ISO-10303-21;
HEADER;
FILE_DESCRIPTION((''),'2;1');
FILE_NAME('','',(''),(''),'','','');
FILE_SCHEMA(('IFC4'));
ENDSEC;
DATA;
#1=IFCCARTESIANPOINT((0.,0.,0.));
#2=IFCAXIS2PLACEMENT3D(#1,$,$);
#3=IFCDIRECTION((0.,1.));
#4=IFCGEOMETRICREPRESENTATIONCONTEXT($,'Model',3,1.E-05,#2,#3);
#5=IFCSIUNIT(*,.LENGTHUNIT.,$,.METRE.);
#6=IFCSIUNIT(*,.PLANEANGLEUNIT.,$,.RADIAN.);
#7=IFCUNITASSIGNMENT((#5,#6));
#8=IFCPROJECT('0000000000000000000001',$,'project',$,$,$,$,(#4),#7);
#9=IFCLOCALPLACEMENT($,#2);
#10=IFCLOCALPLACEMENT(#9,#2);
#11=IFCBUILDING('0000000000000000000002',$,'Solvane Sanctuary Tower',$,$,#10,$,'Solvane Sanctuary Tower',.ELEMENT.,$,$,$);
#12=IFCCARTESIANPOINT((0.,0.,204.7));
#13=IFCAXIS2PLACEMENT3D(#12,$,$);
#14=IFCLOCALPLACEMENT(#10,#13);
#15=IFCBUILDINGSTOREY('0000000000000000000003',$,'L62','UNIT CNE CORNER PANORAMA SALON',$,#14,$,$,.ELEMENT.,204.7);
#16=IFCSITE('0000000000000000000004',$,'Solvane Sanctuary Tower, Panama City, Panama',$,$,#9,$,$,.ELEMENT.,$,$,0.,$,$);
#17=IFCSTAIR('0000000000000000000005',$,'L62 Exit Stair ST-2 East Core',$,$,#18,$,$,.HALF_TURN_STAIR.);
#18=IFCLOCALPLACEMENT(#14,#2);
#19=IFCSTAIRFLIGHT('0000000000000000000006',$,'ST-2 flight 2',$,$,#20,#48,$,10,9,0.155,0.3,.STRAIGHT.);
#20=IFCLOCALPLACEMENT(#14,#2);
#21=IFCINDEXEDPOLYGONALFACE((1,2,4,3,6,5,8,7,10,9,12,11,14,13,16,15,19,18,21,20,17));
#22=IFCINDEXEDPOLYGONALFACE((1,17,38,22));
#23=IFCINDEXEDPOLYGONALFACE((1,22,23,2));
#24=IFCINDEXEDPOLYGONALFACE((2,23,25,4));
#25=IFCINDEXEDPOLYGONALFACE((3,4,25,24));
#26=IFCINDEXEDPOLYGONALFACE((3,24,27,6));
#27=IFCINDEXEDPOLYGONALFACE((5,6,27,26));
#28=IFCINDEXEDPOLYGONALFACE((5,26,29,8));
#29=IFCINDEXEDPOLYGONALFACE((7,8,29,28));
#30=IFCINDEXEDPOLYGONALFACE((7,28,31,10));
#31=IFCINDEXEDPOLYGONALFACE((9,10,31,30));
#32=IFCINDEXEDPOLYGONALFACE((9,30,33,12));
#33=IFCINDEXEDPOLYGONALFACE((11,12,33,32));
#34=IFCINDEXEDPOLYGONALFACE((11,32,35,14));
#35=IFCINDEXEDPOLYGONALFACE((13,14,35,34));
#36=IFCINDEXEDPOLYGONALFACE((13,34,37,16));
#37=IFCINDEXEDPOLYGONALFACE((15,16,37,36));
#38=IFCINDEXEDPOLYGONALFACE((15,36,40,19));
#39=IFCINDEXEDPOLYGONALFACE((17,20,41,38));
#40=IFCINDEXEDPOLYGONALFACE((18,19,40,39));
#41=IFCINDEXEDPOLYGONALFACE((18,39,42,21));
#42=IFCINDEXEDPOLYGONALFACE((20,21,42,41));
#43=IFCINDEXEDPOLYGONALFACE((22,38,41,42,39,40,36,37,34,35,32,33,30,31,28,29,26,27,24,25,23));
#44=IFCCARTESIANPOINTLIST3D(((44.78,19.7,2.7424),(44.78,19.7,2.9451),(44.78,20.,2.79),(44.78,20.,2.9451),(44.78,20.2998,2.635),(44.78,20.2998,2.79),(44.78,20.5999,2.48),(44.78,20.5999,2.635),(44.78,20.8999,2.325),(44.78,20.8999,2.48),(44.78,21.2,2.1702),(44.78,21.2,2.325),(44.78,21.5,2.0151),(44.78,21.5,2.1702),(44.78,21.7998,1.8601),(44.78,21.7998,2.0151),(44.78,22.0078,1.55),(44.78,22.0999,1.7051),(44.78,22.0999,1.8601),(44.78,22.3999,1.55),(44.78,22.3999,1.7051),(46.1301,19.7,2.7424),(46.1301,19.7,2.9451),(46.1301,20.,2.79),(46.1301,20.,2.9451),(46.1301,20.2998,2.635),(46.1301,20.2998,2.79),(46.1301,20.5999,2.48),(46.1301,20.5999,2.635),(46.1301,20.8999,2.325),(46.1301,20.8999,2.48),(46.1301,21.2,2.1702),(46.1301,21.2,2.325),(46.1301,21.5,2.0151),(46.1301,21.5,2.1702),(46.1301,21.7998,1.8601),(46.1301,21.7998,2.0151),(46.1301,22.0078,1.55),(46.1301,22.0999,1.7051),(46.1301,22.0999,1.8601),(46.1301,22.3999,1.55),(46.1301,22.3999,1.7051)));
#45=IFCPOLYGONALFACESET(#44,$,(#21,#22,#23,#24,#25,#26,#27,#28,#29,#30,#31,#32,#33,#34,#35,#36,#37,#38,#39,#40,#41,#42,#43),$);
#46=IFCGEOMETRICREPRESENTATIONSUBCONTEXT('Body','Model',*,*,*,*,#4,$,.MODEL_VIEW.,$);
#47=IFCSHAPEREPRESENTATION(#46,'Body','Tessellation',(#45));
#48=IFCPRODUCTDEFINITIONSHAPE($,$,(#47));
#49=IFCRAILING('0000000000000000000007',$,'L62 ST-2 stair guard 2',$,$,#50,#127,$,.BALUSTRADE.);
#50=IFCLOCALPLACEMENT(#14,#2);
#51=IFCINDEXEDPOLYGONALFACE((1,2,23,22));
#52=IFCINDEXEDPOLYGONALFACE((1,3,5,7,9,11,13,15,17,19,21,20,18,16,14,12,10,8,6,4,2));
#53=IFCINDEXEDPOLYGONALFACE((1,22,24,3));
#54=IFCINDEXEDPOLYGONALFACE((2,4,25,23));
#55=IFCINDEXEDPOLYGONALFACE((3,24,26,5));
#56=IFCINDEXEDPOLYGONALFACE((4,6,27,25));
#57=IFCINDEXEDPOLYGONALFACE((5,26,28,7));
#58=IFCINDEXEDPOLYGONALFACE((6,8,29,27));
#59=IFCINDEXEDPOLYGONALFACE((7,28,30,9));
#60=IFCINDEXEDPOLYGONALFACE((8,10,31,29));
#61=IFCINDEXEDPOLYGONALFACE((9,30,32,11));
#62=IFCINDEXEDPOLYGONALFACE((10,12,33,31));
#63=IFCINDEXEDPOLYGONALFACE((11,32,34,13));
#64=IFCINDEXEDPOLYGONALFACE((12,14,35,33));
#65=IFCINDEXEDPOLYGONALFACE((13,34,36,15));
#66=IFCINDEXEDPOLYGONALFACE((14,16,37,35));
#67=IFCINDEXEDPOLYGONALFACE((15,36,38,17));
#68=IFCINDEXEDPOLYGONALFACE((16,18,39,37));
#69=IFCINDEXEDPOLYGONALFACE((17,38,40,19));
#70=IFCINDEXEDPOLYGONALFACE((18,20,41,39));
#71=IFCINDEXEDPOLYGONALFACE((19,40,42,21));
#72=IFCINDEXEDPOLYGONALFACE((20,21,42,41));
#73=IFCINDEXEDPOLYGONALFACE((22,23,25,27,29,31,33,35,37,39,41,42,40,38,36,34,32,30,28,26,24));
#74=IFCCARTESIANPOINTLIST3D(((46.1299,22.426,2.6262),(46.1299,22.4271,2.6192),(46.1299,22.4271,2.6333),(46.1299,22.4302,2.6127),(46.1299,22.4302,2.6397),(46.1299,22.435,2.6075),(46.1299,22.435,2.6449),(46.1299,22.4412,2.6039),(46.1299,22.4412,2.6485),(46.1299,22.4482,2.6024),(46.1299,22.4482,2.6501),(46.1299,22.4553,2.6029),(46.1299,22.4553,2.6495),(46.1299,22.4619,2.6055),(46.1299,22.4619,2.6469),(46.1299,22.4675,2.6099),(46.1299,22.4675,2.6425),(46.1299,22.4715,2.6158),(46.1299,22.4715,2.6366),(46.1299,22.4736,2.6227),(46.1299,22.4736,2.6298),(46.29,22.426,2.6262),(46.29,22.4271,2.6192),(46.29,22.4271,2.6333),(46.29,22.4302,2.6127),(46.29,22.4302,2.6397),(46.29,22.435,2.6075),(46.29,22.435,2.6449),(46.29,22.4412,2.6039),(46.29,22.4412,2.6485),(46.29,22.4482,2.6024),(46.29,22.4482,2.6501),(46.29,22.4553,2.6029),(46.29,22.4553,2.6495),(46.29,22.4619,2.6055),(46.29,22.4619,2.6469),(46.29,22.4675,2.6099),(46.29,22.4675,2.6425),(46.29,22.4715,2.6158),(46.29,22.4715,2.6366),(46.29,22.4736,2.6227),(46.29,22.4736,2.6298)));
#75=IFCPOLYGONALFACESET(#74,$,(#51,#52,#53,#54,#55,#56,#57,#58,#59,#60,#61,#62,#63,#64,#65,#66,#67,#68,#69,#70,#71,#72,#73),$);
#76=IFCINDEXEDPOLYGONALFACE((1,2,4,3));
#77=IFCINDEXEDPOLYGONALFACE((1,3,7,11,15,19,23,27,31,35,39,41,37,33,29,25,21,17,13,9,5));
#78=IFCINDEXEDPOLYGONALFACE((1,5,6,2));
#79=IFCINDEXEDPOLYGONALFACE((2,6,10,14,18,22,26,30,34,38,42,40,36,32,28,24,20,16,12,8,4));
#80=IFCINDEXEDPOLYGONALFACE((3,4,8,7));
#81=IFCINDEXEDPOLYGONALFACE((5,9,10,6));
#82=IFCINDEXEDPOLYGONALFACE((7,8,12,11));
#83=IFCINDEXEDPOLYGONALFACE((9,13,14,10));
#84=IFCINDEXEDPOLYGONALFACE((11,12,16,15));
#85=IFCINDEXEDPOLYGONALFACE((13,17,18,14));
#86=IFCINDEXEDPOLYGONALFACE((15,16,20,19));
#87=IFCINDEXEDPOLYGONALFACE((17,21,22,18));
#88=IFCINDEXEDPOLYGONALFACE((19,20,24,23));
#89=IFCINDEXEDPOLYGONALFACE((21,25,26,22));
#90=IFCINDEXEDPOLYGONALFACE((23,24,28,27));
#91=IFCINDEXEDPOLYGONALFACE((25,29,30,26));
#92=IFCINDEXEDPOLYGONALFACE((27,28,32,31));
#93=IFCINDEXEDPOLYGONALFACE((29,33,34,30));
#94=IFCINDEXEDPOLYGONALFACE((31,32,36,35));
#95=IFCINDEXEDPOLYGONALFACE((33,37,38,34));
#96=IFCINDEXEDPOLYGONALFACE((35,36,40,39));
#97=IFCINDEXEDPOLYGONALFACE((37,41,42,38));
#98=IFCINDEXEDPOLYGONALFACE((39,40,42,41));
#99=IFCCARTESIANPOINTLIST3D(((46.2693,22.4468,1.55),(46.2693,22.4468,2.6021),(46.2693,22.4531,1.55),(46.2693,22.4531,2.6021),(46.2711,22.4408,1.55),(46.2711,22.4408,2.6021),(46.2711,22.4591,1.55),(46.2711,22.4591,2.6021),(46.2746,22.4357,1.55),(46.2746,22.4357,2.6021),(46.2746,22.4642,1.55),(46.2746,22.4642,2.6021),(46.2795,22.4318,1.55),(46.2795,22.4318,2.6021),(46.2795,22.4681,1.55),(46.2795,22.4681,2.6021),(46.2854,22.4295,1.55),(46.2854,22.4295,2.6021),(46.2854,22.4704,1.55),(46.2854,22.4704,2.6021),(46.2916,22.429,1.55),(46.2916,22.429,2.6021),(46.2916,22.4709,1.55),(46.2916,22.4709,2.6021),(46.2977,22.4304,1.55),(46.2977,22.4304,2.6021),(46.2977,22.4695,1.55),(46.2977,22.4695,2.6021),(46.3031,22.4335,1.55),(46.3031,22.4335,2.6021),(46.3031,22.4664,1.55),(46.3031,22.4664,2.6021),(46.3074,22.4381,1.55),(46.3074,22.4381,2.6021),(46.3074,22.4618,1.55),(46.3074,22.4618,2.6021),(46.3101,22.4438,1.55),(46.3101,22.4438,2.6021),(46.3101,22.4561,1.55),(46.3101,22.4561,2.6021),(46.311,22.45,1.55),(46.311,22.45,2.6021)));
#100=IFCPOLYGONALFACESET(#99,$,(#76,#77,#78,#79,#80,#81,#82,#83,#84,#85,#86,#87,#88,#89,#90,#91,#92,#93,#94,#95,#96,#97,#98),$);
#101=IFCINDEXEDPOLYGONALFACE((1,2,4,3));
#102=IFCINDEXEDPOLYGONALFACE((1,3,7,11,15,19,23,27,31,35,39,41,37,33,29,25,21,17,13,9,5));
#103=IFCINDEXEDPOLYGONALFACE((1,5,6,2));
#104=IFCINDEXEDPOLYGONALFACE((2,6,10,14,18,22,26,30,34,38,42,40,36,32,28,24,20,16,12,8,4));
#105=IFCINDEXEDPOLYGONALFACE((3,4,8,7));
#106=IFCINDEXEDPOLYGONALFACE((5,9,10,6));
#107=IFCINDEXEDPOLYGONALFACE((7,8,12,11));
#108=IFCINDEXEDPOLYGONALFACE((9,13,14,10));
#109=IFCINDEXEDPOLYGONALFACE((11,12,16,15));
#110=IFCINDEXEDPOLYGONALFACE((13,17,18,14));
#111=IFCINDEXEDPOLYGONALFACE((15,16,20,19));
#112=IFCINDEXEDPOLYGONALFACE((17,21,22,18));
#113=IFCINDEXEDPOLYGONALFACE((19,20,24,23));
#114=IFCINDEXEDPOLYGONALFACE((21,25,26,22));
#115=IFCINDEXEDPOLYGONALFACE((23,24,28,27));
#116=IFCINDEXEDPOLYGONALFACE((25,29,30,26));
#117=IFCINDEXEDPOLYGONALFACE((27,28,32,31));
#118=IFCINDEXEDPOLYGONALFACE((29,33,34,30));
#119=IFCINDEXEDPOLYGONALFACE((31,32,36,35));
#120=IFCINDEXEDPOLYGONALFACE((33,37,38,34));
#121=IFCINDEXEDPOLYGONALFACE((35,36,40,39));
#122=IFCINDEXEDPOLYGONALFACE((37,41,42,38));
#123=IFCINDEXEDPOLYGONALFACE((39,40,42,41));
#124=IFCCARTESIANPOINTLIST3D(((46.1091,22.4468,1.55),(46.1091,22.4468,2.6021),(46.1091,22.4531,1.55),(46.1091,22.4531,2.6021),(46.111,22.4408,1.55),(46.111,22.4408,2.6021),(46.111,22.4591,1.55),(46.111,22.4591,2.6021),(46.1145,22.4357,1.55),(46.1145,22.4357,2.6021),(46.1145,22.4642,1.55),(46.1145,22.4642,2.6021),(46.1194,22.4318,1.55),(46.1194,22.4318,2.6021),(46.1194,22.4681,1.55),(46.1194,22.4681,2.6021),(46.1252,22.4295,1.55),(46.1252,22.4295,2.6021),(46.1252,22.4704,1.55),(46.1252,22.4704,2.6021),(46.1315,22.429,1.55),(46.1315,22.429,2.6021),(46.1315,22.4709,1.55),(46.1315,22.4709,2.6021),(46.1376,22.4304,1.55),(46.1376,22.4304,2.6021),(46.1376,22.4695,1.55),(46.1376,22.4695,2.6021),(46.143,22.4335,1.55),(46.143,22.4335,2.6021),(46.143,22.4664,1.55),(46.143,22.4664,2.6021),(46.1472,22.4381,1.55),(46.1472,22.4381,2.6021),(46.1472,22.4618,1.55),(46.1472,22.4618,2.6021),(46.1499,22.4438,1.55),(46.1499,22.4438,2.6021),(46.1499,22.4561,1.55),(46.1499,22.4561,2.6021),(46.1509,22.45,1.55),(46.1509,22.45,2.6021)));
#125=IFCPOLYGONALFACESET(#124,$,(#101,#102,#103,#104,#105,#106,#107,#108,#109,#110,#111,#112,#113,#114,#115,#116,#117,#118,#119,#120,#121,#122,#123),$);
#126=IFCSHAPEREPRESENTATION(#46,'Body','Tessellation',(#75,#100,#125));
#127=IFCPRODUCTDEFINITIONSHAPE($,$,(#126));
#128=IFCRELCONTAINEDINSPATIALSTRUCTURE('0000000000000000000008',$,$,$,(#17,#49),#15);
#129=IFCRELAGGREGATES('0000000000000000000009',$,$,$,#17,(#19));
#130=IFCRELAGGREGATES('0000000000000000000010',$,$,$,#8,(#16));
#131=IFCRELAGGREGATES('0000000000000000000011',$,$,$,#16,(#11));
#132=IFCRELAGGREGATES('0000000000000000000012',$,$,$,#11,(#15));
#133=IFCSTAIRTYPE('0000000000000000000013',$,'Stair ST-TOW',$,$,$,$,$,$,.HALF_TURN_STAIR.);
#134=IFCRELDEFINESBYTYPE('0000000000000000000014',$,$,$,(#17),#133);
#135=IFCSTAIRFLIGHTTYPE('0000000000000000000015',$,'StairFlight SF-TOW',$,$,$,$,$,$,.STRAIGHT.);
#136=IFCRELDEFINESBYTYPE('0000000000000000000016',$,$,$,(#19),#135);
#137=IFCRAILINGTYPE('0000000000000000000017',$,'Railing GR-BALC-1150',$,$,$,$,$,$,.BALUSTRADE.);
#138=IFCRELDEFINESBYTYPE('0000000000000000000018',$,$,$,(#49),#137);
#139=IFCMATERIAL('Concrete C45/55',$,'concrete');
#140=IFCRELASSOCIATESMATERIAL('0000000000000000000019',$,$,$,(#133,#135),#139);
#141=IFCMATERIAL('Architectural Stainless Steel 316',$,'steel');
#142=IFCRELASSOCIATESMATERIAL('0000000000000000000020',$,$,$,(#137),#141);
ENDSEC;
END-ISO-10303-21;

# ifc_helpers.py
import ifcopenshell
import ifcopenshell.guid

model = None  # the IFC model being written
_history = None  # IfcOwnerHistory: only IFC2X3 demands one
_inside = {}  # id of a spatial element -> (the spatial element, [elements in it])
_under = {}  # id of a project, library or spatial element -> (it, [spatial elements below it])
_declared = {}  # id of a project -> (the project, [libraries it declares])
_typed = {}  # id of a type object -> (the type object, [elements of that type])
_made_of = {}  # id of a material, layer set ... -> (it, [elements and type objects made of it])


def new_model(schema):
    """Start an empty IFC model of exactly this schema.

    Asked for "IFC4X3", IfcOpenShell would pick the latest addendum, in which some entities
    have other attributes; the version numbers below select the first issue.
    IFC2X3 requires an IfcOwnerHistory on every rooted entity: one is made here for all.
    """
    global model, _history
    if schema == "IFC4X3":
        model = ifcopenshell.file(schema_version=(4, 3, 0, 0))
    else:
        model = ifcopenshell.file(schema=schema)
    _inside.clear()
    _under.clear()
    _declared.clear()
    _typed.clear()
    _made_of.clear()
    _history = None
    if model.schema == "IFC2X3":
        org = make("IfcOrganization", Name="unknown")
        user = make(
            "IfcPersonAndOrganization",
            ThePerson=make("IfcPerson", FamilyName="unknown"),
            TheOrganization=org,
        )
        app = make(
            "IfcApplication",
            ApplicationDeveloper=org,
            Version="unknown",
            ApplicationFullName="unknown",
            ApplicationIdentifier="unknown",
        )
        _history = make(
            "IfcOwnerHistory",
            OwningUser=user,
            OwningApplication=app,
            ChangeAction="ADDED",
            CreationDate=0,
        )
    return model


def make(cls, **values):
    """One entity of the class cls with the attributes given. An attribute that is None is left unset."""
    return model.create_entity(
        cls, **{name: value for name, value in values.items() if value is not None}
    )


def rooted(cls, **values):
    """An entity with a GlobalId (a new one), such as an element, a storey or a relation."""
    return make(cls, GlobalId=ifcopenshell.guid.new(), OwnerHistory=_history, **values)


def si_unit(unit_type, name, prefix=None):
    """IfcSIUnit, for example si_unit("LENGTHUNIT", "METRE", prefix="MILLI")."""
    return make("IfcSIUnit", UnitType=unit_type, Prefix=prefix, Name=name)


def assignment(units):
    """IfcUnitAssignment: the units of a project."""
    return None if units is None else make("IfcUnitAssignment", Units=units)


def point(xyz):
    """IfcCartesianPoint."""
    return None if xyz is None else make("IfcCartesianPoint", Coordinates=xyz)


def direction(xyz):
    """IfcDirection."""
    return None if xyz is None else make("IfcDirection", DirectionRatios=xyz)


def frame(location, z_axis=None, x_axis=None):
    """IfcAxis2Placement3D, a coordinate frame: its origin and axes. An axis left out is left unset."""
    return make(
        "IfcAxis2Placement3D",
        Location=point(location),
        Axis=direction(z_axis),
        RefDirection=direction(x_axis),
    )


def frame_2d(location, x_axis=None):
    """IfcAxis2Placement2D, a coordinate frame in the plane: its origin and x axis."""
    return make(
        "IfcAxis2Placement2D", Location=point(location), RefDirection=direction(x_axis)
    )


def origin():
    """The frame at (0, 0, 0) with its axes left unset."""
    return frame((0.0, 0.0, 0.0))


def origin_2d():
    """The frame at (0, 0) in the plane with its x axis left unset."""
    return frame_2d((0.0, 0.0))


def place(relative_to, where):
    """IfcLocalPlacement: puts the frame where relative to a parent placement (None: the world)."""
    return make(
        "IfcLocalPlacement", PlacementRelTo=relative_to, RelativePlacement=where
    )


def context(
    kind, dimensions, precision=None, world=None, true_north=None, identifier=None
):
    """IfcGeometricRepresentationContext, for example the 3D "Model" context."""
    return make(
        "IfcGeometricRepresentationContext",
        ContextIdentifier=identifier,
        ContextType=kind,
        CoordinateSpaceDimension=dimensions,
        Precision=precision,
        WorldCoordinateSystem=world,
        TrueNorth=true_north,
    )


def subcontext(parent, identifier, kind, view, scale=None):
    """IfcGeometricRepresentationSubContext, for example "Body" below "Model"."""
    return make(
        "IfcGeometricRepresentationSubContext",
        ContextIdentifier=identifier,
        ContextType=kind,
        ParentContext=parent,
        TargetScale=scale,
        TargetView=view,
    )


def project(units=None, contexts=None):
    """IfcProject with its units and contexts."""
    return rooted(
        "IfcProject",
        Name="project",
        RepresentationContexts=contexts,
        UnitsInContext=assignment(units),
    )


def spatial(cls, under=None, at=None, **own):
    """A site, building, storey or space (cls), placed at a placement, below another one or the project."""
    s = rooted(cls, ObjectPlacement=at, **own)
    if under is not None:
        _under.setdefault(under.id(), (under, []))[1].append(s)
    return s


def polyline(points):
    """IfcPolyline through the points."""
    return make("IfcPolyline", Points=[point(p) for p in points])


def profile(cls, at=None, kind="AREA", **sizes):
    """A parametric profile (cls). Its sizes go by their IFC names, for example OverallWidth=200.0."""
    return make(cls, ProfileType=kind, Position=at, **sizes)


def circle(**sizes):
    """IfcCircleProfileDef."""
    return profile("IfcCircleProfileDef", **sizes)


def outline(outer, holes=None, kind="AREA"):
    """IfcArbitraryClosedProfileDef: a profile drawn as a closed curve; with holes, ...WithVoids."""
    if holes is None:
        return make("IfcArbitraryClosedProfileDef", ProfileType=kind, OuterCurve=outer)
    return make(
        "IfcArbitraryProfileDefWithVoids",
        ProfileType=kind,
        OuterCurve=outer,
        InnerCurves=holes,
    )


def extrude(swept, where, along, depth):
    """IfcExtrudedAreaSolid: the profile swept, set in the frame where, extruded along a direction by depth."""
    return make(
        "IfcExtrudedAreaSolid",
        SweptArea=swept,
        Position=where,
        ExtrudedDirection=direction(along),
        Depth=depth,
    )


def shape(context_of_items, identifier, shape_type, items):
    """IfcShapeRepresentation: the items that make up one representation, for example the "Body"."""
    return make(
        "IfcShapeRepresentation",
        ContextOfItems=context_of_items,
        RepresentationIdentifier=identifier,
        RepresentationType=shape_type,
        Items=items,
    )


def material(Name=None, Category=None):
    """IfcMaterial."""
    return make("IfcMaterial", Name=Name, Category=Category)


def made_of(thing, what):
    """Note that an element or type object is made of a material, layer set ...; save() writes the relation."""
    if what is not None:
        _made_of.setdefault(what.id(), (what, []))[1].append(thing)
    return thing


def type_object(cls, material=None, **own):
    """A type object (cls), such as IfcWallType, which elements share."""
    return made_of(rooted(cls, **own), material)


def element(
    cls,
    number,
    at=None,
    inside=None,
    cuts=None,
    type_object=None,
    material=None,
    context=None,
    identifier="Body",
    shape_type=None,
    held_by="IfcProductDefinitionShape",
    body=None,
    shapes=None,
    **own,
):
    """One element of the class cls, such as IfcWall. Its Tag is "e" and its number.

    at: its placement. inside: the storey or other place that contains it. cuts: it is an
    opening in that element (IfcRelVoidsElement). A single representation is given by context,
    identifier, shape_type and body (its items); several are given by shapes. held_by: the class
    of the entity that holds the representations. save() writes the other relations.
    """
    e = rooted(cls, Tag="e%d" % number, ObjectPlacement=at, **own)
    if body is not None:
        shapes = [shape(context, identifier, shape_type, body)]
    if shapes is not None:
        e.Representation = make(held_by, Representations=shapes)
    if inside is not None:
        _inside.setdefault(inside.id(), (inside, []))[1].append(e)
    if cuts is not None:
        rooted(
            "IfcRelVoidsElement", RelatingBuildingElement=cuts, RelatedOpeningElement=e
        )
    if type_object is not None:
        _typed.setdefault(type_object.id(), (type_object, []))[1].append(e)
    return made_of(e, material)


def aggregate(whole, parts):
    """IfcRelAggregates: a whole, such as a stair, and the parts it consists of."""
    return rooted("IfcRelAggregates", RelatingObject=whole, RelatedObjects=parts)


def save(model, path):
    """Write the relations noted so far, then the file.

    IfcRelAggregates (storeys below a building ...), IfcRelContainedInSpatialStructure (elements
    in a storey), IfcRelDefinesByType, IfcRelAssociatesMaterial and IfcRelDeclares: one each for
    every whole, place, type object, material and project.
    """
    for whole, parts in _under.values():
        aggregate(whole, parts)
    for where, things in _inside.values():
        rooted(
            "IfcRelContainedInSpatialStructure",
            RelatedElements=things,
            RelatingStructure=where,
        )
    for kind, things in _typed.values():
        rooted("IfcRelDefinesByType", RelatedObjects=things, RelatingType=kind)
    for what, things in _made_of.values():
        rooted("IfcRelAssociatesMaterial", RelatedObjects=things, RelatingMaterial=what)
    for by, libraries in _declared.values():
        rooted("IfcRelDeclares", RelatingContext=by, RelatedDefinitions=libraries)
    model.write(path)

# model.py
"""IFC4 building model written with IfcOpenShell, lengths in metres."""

from ifc_helpers import new_model, si_unit, direction, frame, origin, origin_2d, place, context, subcontext, project, spatial, polyline, circle, outline, extrude, material, type_object, element, aggregate, save


model = new_model("IFC4")

# Units and contexts
model_context = context("Model", 3, precision=1e-05, world=origin(), true_north=direction((0.0, 1.0)))
body_context = subcontext(model_context, "Body", "Model", "MODEL_VIEW")
ifc_project = project(units=[si_unit("LENGTHUNIT", "METRE"), si_unit("PLANEANGLEUNIT", "RADIAN")], contexts=[model_context])

# Site, building, storey
site_placement = place(None, origin())
site = spatial("IfcSite", under=ifc_project, at=site_placement, Name="Solvane Sanctuary Tower, Panama City, Panama", CompositionType="ELEMENT", RefElevation=0.0)
building_placement = place(site_placement, origin())
building = spatial("IfcBuilding", under=site, at=building_placement, Name="Solvane Sanctuary Tower", LongName="Solvane Sanctuary Tower", CompositionType="ELEMENT")
storey_placement = place(building_placement, frame((0.0, 0.0, 204.7)))
storey = spatial("IfcBuildingStorey", under=building, at=storey_placement, Name="L62", Description="UNIT CNE CORNER PANORAMA SALON", CompositionType="ELEMENT", Elevation=204.7)

# Shared definitions
ifc_material_1 = material(Name="Architectural Stainless Steel 316", Category="steel")

# Stair, stair flight
ifc_material_2 = material(Name="Concrete C45/55", Category="concrete")
stair_type = type_object("IfcStairType", Name="Stair ST-TOW", PredefinedType="HALF_TURN_STAIR", material=ifc_material_2)
stair_placement = place(storey_placement, origin())
stair = element("IfcStair", 1, at=stair_placement, inside=storey, type_object=stair_type, Name="L62 Exit Stair ST-2 East Core", PredefinedType="HALF_TURN_STAIR")
stair_flight_type = type_object("IfcStairFlightType", Name="StairFlight SF-TOW", PredefinedType="STRAIGHT", material=ifc_material_2)
stair_flight_placement = place(storey_placement, frame((45.4551, 22.3999, 1.55), z_axis=(0.0, 0.0, 1.0), x_axis=(0.0, -1.0, 0.0)))
stair_flight = element("IfcStairFlight", 2, at=stair_flight_placement, type_object=stair_flight_type, Name="ST-2 flight 2", NumberOfRisers=10, NumberOfTreads=9, PredefinedType="STRAIGHT", RiserHeight=0.155, TreadLength=0.3, context=body_context, shape_type="SweptSolid", body=[
    extrude(outline(polyline([(0.0, 0.0), (0.0, 0.155), (0.3, 0.155), (0.3, 0.3101), (0.6001, 0.3101), (0.6001, 0.4651), (0.8999, 0.4651), (0.8999, 0.6201), (1.2, 0.6201), (1.2, 0.7749), (1.5, 0.7749), (1.5, 0.9299), (1.8, 0.9299), (1.8, 1.085), (2.1001, 1.085), (2.1001, 1.24), (2.3999, 1.24), (2.3999, 1.395), (2.7, 1.395), (2.7, 1.55), (2.7, 1.1924), (0.3921, 0.0), (0.0, 0.0)])), frame((0.0, 0.675, 0.0), z_axis=(0.0, -1.0, 0.0), x_axis=(1.0, 0.0, 0.0)), (0.0, 0.0, 1.0), 1.3501),
])
aggregate(stair, [stair_flight])

# Railing
railing_type = type_object("IfcRailingType", Name="Railing GR-BALC-1150", PredefinedType="BALUSTRADE", material=ifc_material_1)
railing_1_placement = place(storey_placement, frame((46.29, 22.45, 1.55)))
element("IfcRailing", 3, at=railing_1_placement, inside=storey, type_object=railing_type, Name="L62 ST-2 stair guard 2", PredefinedType="BALUSTRADE", context=body_context, shape_type="SweptSolid", body=[
    extrude(circle(Radius=0.0239, at=origin_2d()), frame((0.0, 0.0, 1.0762), z_axis=(-1.0, 0.0, 0.0), x_axis=(0.0, -1.0, 0.0)), (0.0, 0.0, 1.0), 0.1602),
    extrude(circle(Radius=0.021, at=origin_2d()), origin(), (0.0, 0.0, 1.0), 1.052),
    extrude(circle(Radius=0.021, at=origin_2d()), frame((-0.1602, 0.0, 0.0)), (0.0, 0.0, 1.0), 1.052),
])

save(model, "model.ifc")
